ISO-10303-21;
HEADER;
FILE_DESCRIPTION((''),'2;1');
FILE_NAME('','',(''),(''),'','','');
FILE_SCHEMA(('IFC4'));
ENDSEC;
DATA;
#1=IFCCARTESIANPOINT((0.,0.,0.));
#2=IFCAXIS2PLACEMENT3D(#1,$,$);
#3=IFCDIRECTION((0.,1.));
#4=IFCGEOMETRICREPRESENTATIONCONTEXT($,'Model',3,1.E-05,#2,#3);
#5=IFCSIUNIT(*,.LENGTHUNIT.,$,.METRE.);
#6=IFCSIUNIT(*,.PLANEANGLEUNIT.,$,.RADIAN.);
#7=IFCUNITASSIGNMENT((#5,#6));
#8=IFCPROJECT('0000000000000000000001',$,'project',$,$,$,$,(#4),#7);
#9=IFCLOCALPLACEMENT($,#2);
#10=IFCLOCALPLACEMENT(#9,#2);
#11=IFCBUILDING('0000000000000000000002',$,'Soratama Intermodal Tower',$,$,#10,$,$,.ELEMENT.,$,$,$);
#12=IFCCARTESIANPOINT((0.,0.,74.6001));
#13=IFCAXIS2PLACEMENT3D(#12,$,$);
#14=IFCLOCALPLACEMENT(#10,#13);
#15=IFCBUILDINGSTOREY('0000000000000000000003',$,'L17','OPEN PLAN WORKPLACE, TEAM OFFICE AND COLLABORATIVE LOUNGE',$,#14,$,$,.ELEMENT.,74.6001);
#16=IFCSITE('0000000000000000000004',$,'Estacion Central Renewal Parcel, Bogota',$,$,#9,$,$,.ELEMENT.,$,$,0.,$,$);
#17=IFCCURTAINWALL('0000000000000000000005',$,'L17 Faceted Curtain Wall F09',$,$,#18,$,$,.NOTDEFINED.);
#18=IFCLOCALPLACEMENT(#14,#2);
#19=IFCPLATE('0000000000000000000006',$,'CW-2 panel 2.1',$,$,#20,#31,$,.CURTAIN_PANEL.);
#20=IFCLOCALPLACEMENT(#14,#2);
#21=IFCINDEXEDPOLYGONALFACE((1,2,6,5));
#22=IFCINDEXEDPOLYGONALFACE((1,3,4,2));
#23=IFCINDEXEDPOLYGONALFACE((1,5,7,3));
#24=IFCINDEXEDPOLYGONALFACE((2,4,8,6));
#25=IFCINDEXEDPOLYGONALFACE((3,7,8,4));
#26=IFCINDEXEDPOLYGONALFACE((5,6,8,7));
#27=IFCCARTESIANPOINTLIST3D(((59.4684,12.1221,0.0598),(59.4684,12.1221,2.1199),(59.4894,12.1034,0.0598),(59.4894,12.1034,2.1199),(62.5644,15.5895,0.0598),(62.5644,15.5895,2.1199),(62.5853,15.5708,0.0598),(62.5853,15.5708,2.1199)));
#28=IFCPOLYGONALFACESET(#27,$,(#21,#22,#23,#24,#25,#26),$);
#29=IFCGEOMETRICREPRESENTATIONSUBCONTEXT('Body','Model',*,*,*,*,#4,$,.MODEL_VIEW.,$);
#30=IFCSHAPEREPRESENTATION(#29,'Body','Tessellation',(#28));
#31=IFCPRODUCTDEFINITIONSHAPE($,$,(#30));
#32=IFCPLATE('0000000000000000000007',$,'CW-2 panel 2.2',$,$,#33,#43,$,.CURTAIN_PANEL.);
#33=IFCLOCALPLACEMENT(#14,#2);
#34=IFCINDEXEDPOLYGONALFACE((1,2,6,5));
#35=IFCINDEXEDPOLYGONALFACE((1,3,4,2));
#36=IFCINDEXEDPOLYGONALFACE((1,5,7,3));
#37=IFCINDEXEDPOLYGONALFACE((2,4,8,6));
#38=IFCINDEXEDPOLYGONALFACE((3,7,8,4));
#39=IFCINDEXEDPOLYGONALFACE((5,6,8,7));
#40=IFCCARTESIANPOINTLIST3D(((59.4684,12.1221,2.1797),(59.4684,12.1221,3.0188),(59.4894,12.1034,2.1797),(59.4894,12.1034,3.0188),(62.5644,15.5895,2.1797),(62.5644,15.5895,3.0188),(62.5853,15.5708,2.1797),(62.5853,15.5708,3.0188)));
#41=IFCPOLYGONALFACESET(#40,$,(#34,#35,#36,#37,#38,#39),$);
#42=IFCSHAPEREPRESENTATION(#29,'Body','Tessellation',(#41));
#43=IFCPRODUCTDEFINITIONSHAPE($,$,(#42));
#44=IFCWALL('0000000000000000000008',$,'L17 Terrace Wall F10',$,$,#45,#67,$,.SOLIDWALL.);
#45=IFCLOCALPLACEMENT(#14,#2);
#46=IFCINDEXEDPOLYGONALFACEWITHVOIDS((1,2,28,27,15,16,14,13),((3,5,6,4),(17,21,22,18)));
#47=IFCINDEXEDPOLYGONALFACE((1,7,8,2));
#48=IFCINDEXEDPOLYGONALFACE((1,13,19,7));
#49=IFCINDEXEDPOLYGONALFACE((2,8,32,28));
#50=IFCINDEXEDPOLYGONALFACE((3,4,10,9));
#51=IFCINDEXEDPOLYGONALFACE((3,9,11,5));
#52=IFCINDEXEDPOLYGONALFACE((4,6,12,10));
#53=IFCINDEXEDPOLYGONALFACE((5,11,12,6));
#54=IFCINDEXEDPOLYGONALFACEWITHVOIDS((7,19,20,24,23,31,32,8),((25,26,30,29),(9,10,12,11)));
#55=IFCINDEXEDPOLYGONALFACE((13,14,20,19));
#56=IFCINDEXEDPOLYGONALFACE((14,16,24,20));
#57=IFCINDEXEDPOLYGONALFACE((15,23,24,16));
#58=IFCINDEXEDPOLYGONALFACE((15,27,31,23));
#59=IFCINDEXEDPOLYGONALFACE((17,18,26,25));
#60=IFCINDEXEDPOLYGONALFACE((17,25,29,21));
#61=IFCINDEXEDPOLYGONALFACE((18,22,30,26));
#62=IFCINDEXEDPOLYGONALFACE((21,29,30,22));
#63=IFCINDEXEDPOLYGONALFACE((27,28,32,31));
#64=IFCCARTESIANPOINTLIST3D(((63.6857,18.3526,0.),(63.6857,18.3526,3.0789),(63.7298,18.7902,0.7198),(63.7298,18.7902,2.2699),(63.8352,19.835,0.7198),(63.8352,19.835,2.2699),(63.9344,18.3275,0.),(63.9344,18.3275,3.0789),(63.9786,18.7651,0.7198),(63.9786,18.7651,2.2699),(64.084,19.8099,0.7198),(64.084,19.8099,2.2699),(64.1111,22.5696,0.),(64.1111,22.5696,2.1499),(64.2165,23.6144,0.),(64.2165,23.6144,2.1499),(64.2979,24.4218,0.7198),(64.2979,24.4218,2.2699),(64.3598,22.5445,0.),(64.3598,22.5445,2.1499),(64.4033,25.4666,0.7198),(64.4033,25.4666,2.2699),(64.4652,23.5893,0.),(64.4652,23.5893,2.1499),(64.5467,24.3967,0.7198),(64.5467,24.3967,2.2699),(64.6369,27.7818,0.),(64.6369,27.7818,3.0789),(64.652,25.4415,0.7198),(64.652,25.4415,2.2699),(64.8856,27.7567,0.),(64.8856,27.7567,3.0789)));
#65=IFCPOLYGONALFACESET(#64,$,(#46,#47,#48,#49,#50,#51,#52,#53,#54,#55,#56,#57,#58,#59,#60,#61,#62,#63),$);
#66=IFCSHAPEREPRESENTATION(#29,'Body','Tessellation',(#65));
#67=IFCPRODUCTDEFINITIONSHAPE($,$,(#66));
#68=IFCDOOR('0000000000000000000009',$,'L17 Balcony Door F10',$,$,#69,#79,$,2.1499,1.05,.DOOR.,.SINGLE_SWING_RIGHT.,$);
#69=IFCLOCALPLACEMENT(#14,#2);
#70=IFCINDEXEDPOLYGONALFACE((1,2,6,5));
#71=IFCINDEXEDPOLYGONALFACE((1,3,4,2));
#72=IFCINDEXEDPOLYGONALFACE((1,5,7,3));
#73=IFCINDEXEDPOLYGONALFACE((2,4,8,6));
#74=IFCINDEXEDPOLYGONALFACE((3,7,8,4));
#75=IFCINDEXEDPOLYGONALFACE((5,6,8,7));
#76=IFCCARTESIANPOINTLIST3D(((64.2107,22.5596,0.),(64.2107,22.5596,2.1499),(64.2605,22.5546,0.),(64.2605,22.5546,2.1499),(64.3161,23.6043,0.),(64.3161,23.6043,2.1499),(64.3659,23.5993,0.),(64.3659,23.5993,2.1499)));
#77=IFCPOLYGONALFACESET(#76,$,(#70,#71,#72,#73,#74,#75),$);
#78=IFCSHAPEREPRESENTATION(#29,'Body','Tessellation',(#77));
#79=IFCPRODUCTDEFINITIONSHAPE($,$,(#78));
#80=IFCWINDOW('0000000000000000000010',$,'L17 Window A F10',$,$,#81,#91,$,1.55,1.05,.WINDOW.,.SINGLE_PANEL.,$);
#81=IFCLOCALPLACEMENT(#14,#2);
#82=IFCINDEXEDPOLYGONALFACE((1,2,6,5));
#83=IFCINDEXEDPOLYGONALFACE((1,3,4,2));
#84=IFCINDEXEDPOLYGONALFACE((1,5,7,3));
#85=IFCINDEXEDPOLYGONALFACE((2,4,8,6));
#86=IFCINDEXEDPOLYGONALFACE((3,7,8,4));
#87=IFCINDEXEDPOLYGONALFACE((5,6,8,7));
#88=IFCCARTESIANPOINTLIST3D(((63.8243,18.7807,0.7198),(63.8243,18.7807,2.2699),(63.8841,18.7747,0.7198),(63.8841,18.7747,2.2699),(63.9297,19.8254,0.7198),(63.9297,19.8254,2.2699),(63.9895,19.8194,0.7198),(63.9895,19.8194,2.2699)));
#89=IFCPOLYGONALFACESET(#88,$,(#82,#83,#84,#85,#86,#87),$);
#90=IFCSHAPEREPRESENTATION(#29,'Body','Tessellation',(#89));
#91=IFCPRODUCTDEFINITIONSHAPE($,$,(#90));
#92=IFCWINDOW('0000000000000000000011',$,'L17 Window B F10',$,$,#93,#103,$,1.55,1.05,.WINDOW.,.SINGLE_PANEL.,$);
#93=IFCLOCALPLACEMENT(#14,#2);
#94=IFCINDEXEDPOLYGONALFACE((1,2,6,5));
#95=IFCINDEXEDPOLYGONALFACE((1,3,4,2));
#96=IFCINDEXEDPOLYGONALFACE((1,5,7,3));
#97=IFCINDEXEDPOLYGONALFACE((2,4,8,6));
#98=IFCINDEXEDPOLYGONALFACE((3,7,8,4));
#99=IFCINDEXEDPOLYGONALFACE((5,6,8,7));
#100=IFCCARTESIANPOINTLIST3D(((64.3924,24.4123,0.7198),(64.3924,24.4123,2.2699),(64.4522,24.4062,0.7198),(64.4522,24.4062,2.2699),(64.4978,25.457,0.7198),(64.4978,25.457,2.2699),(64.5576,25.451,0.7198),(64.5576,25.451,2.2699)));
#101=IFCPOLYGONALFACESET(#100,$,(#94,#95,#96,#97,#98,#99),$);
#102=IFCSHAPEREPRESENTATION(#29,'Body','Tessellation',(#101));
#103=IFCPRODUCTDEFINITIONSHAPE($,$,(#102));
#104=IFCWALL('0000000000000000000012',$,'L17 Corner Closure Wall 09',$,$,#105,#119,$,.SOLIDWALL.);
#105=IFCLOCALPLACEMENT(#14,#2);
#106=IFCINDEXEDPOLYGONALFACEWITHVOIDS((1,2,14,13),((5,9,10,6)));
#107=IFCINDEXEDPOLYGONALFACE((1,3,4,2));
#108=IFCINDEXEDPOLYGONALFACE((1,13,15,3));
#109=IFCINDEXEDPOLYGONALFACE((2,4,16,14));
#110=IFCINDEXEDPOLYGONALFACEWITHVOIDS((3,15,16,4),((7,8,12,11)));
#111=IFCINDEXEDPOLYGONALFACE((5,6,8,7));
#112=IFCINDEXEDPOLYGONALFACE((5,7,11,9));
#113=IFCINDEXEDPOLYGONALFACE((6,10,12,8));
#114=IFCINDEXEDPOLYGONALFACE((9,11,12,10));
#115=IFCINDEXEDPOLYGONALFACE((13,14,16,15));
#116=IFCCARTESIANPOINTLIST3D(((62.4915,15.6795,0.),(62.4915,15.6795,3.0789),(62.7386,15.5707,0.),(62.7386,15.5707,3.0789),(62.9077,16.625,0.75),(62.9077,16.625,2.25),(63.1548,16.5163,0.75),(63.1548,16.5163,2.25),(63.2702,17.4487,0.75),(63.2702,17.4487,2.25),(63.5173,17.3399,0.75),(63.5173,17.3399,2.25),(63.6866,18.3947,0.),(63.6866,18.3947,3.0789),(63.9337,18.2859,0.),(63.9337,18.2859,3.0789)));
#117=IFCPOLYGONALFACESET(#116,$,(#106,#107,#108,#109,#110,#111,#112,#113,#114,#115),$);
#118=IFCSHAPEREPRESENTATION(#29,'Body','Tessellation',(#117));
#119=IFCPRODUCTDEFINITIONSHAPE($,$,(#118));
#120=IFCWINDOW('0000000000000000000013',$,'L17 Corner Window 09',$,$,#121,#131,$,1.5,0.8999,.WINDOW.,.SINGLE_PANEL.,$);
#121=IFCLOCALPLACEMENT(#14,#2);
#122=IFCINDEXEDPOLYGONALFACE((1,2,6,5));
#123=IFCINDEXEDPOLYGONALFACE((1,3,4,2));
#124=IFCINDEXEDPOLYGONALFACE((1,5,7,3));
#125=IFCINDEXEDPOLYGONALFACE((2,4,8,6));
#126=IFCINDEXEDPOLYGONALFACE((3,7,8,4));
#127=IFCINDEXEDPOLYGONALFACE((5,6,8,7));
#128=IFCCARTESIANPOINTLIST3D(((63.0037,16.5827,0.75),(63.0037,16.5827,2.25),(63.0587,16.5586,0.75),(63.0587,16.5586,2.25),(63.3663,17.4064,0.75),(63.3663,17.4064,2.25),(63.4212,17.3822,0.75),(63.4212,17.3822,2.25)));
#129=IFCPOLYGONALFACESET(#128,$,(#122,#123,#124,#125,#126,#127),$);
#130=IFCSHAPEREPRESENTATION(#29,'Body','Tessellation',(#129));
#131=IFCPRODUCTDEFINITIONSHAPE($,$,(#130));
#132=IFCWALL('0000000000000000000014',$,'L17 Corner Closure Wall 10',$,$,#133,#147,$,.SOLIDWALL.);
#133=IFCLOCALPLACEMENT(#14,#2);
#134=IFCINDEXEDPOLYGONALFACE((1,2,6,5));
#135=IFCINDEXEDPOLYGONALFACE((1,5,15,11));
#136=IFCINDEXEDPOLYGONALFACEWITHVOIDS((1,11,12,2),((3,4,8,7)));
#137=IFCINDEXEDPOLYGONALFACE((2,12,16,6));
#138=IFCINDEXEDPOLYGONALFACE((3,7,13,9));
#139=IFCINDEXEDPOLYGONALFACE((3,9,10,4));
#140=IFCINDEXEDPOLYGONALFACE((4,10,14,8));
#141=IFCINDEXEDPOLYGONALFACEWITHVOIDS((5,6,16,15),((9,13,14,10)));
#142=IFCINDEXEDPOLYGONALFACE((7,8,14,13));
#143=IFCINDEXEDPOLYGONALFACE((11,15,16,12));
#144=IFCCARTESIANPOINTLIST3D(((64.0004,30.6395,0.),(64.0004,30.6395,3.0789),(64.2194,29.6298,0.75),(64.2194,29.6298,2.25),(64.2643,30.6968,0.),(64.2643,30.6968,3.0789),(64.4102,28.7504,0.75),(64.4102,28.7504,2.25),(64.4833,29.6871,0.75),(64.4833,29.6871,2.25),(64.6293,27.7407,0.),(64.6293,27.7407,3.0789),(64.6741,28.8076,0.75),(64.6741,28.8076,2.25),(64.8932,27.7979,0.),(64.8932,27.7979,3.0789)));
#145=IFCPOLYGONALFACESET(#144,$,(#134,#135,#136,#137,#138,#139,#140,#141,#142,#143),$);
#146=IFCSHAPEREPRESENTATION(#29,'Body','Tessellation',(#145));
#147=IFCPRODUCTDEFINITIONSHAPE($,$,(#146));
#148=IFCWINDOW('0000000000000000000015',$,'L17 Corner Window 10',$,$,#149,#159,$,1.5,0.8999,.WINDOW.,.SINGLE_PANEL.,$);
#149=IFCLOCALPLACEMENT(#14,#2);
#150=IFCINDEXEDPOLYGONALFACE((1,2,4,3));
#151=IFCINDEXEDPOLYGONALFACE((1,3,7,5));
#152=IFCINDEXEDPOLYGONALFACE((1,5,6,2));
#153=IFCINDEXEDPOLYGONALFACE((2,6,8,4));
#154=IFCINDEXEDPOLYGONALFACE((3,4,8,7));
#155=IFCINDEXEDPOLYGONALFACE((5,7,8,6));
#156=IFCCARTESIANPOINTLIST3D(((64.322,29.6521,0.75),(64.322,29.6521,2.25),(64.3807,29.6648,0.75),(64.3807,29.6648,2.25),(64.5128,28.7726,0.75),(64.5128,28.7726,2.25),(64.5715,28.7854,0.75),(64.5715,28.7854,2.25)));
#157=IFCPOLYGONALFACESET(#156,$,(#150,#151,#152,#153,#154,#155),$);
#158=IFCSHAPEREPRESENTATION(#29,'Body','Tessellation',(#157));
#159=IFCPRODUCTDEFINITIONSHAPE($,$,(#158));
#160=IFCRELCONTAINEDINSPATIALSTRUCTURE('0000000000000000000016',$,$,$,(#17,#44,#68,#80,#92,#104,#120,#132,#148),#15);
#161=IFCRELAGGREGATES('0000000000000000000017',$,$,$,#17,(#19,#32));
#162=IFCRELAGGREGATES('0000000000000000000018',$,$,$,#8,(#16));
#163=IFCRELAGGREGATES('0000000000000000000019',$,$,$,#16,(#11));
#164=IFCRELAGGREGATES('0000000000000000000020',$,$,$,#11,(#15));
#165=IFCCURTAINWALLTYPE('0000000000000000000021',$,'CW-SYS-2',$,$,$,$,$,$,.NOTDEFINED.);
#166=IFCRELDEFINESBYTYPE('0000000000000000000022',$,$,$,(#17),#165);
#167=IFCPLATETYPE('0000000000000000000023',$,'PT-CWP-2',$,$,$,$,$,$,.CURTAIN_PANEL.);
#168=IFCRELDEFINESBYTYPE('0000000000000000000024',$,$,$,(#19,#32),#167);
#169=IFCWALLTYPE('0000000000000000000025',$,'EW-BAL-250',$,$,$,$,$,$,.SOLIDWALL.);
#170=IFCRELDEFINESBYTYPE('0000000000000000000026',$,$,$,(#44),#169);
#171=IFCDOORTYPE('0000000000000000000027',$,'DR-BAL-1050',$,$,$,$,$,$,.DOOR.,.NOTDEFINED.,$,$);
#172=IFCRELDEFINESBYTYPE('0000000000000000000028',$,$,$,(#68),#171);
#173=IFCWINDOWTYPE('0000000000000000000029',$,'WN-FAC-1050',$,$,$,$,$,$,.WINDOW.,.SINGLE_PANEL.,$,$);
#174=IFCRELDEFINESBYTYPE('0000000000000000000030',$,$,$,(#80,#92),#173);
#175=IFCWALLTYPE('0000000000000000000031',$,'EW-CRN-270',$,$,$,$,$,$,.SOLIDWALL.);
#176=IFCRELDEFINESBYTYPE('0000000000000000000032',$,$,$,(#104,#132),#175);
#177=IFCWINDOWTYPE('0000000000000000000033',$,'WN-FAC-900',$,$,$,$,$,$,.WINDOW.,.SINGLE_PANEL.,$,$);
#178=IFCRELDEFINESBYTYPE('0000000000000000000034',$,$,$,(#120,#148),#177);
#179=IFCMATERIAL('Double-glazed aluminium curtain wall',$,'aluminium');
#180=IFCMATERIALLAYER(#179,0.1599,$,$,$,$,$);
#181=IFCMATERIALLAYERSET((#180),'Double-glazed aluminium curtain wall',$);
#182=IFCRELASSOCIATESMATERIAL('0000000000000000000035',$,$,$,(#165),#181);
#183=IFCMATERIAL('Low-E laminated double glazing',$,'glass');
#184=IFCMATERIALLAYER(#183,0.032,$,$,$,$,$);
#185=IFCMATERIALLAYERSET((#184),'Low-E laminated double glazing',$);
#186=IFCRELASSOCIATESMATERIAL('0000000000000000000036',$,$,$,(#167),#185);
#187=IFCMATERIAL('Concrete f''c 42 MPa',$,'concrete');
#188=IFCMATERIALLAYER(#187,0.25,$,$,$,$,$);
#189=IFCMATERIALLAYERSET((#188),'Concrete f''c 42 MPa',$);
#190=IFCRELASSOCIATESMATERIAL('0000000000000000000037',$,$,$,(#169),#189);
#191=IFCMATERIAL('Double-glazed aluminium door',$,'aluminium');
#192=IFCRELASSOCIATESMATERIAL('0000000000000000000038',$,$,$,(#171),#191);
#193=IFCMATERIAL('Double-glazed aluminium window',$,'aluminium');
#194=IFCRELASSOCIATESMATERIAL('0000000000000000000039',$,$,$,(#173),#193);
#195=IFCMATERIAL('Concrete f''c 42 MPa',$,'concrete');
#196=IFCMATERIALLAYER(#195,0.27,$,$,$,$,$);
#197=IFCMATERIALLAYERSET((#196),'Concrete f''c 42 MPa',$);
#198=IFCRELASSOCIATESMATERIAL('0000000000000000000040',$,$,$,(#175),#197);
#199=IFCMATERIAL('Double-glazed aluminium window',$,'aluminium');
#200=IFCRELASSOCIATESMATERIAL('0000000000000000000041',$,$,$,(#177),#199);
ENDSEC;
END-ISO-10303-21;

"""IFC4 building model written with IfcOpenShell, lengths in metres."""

from ifc_helpers import new_model, si_unit, direction, frame, frame_2d, origin, origin_2d, place, context, subcontext, project, spatial, rectangle, extrude, material, layer, layer_set, type_object, element, fill, aggregate, save


model = new_model("IFC4")

# Units and contexts
model_context = context("Model", 3, precision=1e-05, world=origin(), true_north=direction((0.0, 1.0)))
body_context = subcontext(model_context, "Body", "Model", "MODEL_VIEW")
ifc_project = project(units=[si_unit("LENGTHUNIT", "METRE"), si_unit("PLANEANGLEUNIT", "RADIAN")], contexts=[model_context])

# Site, building, storey
site_placement = place(None, origin())
site = spatial("IfcSite", under=ifc_project, at=site_placement, Name="Estacion Central Renewal Parcel, Bogota", CompositionType="ELEMENT", RefElevation=0.0)
building_placement = place(site_placement, origin())
building = spatial("IfcBuilding", under=site, at=building_placement, Name="Soratama Intermodal Tower", CompositionType="ELEMENT")
storey_placement = place(building_placement, frame((0.0, 0.0, 74.6001)))
storey = spatial("IfcBuildingStorey", under=building, at=storey_placement, Name="L17", Description="OPEN PLAN WORKPLACE, TEAM OFFICE AND COLLABORATIVE LOUNGE", CompositionType="ELEMENT", Elevation=74.6001)

# Curtain wall, plates
ifc_material_1 = material(Name="Double-glazed aluminium curtain wall", Category="aluminium")
ifc_layer_1 = layer(ifc_material_1, 0.1599)
ifc_layer_set_1 = layer_set([ifc_layer_1], Name="Double-glazed aluminium curtain wall")
curtain_wall_type = type_object("IfcCurtainWallType", Name="CW-SYS-2", PredefinedType="NOTDEFINED", material=ifc_layer_set_1)
curtain_wall_placement = place(storey_placement, origin())
curtain_wall = element("IfcCurtainWall", 1, at=curtain_wall_placement, inside=storey, type_object=curtain_wall_type, Name="L17 Faceted Curtain Wall F09", PredefinedType="NOTDEFINED")
ifc_material_2 = material(Name="Low-E laminated double glazing", Category="glass")
ifc_layer_2 = layer(ifc_material_2, 0.032)
ifc_layer_set_2 = layer_set([ifc_layer_2], Name="Low-E laminated double glazing")
plate_type = type_object("IfcPlateType", Name="PT-CWP-2", PredefinedType="CURTAIN_PANEL", material=ifc_layer_set_2)
plate_1_placement = place(storey_placement, frame((61.0269, 13.8464, 0.0598), z_axis=(0.0, 0.0, 1.0), x_axis=(0.666017, 0.745937, 0.0)))
plate_1 = element("IfcPlate", 2, at=plate_1_placement, type_object=plate_type, Name="CW-2 panel 2.1", PredefinedType="CURTAIN_PANEL", context=body_context, shape_type="SweptSolid", body=[
    extrude(rectangle(XDim=4.6484, YDim=0.0281, at=origin_2d()), origin(), (0.0, 0.0, 1.0), 2.0601),
])
plate_2_placement = place(storey_placement, frame((61.0269, 13.8464, 2.1797), z_axis=(0.0, 0.0, 1.0), x_axis=(0.666017, 0.745937, 0.0)))
plate_2 = element("IfcPlate", 3, at=plate_2_placement, type_object=plate_type, Name="CW-2 panel 2.2", PredefinedType="CURTAIN_PANEL", context=body_context, shape_type="SweptSolid", body=[
    extrude(rectangle(XDim=4.6484, YDim=0.0281, at=origin_2d()), origin(), (0.0, 0.0, 1.0), 0.8391),
])
aggregate(curtain_wall, [plate_1, plate_2])

# Wall, openings, door, windows
ifc_material_3 = material(Name="Concrete f'c 42 MPa", Category="concrete")
ifc_layer_3 = layer(ifc_material_3, 0.25)
ifc_layer_set_3 = layer_set([ifc_layer_3], Name="Concrete f'c 42 MPa")
wall_type_1 = type_object("IfcWallType", Name="EW-BAL-250", PredefinedType="SOLIDWALL", material=ifc_layer_set_3)
wall_1_placement = place(storey_placement, frame((63.8101, 18.3401, 0.0), z_axis=(0.0, 0.0, 1.0), x_axis=(0.100366, 0.994951, 0.0)))
wall_1 = element("IfcWall", 4, at=wall_1_placement, inside=storey, type_object=wall_type_1, Name="L17 Terrace Wall F10", PredefinedType="SOLIDWALL", context=body_context, shape_type="SweptSolid", body=[
    extrude(rectangle(XDim=9.4771, YDim=0.25, at=frame_2d((4.7385, 0.0))), origin(), (0.0, 0.0, 1.0), 3.0789),
])
opening_1_placement = place(wall_1_placement, frame((4.2385, 0.0, 0.0)))
opening_1 = element("IfcOpeningElement", 5, at=opening_1_placement, cuts=wall_1, PredefinedType="OPENING", context=body_context, shape_type="SweptSolid", body=[
    extrude(rectangle(XDim=1.05, YDim=2.1499, at=frame_2d((0.5249, 1.075))), frame((0.0, 0.135, 0.0), z_axis=(0.0, -1.0, 0.0), x_axis=(1.0, 0.0, 0.0)), (0.0, 0.0, 1.0), 0.27),
])
opening_2_placement = place(wall_1_placement, frame((0.4399, 0.0, 0.72)))
opening_2 = element("IfcOpeningElement", 6, at=opening_2_placement, cuts=wall_1, PredefinedType="OPENING", context=body_context, shape_type="SweptSolid", body=[
    extrude(rectangle(XDim=1.05, YDim=1.55, at=frame_2d((0.5249, 0.7749))), frame((0.0, 0.135, 0.0), z_axis=(0.0, -1.0, 0.0), x_axis=(1.0, 0.0, 0.0)), (0.0, 0.0, 1.0), 0.27),
])
opening_3_placement = place(wall_1_placement, frame((6.1001, 0.0, 0.72)))
opening_3 = element("IfcOpeningElement", 7, at=opening_3_placement, cuts=wall_1, PredefinedType="OPENING", context=body_context, shape_type="SweptSolid", body=[
    extrude(rectangle(XDim=1.05, YDim=1.55, at=frame_2d((0.5249, 0.7749))), frame((0.0, 0.135, 0.0), z_axis=(0.0, -1.0, 0.0), x_axis=(1.0, 0.0, 0.0)), (0.0, 0.0, 1.0), 0.27),
])
ifc_material_4 = material(Name="Double-glazed aluminium door", Category="aluminium")
door_type_1 = type_object("IfcDoorType", Name="DR-BAL-1050", OperationType="NOTDEFINED", PredefinedType="DOOR", material=ifc_material_4)
door_1_placement = place(opening_1_placement, origin())
door_1 = element("IfcDoor", 8, at=door_1_placement, inside=storey, type_object=door_type_1, Name="L17 Balcony Door F10", OperationType="SINGLE_SWING_RIGHT", OverallHeight=2.1499, OverallWidth=1.05, PredefinedType="DOOR", context=body_context, shape_type="SweptSolid", body=[
    extrude(rectangle(XDim=1.05, YDim=2.1499, at=frame_2d((0.5249, 1.075))), frame((0.0, 0.0249, 0.0), z_axis=(0.0, -1.0, 0.0), x_axis=(1.0, 0.0, 0.0)), (0.0, 0.0, 1.0), 0.05),
])
fill(opening_1, door_1)
ifc_material_5 = material(Name="Double-glazed aluminium window", Category="aluminium")
window_type_1 = type_object("IfcWindowType", Name="WN-FAC-1050", PartitioningType="SINGLE_PANEL", PredefinedType="WINDOW", material=ifc_material_5)
window_1_placement = place(opening_2_placement, origin())
window_1 = element("IfcWindow", 9, at=window_1_placement, inside=storey, type_object=window_type_1, Name="L17 Window A F10", OverallHeight=1.55, OverallWidth=1.05, PartitioningType="SINGLE_PANEL", PredefinedType="WINDOW", context=body_context, shape_type="SweptSolid", body=[
    extrude(rectangle(XDim=1.05, YDim=1.55, at=frame_2d((0.5249, 0.7749))), frame((0.0, 0.03, 0.0), z_axis=(0.0, -1.0, 0.0), x_axis=(1.0, 0.0, 0.0)), (0.0, 0.0, 1.0), 0.0601),
])
fill(opening_2, window_1)
window_2_placement = place(opening_3_placement, origin())
window_2 = element("IfcWindow", 10, at=window_2_placement, inside=storey, type_object=window_type_1, Name="L17 Window B F10", OverallHeight=1.55, OverallWidth=1.05, PartitioningType="SINGLE_PANEL", PredefinedType="WINDOW", context=body_context, shape_type="SweptSolid", body=[
    extrude(rectangle(XDim=1.05, YDim=1.55, at=frame_2d((0.5249, 0.7749))), frame((0.0, 0.03, 0.0), z_axis=(0.0, -1.0, 0.0), x_axis=(1.0, 0.0, 0.0)), (0.0, 0.0, 1.0), 0.0601),
])
fill(opening_3, window_2)

# Walls, openings, windows
ifc_material_6 = material(Name="Concrete f'c 42 MPa", Category="concrete")
ifc_layer_4 = layer(ifc_material_6, 0.27)
ifc_layer_set_4 = layer_set([ifc_layer_4], Name="Concrete f'c 42 MPa")
wall_type_2 = type_object("IfcWallType", Name="EW-CRN-270", PredefinedType="SOLIDWALL", material=ifc_layer_set_4)
wall_2_placement = place(storey_placement, frame((62.615, 15.625, 0.0), z_axis=(0.0, 0.0, 1.0), x_axis=(0.40286, 0.915262, 0.0)))
wall_2 = element("IfcWall", 11, at=wall_2_placement, inside=storey, type_object=wall_type_2, Name="L17 Corner Closure Wall 09", PredefinedType="SOLIDWALL", context=body_context, shape_type="SweptSolid", body=[
    extrude(rectangle(XDim=2.9666, YDim=0.27, at=frame_2d((1.4834, 0.0))), origin(), (0.0, 0.0, 1.0), 3.0789),
])
opening_4_placement = place(wall_2_placement, frame((1.0332, 0.0, 0.75)))
opening_4 = element("IfcOpeningElement", 12, at=opening_4_placement, cuts=wall_2, PredefinedType="OPENING", context=body_context, shape_type="SweptSolid", body=[
    extrude(rectangle(XDim=0.8999, YDim=1.5, at=frame_2d((0.45, 0.75))), frame((0.0, 0.145, 0.0), z_axis=(0.0, -1.0, 0.0), x_axis=(1.0, 0.0, 0.0)), (0.0, 0.0, 1.0), 0.29),
])
ifc_material_7 = material(Name="Double-glazed aluminium window", Category="aluminium")
window_type_2 = type_object("IfcWindowType", Name="WN-FAC-900", PartitioningType="SINGLE_PANEL", PredefinedType="WINDOW", material=ifc_material_7)
window_3_placement = place(opening_4_placement, origin())
window_3 = element("IfcWindow", 13, at=window_3_placement, inside=storey, type_object=window_type_2, Name="L17 Corner Window 09", OverallHeight=1.5, OverallWidth=0.8999, PartitioningType="SINGLE_PANEL", PredefinedType="WINDOW", context=body_context, shape_type="SweptSolid", body=[
    extrude(rectangle(XDim=0.8999, YDim=1.5, at=frame_2d((0.45, 0.75))), frame((0.0, 0.03, 0.0), z_axis=(0.0, -1.0, 0.0), x_axis=(1.0, 0.0, 0.0)), (0.0, 0.0, 1.0), 0.0601),
])
fill(opening_4, window_3)
wall_3_placement = place(storey_placement, frame((64.7612, 27.7693, 0.0), z_axis=(0.0, 0.0, 1.0), x_axis=(-0.212013, 0.977267, 0.0)))
wall_3 = element("IfcWall", 14, at=wall_3_placement, inside=storey, type_object=wall_type_2, Name="L17 Corner Closure Wall 10", PredefinedType="SOLIDWALL", context=body_context, shape_type="SweptSolid", body=[
    extrude(rectangle(XDim=2.9663, YDim=0.27, at=frame_2d((1.4832, 0.0))), origin(), (0.0, 0.0, 1.0), 3.0789),
])
opening_5_placement = place(wall_3_placement, frame((1.0332, 0.0, 0.75)))
opening_5 = element("IfcOpeningElement", 15, at=opening_5_placement, cuts=wall_3, PredefinedType="OPENING", context=body_context, shape_type="SweptSolid", body=[
    extrude(rectangle(XDim=0.8999, YDim=1.5, at=frame_2d((0.45, 0.75))), frame((0.0, 0.145, 0.0), z_axis=(0.0, -1.0, 0.0), x_axis=(1.0, 0.0, 0.0)), (0.0, 0.0, 1.0), 0.29),
])
window_4_placement = place(opening_5_placement, origin())
window_4 = element("IfcWindow", 16, at=window_4_placement, inside=storey, type_object=window_type_2, Name="L17 Corner Window 10", OverallHeight=1.5, OverallWidth=0.8999, PartitioningType="SINGLE_PANEL", PredefinedType="WINDOW", context=body_context, shape_type="SweptSolid", body=[
    extrude(rectangle(XDim=0.8999, YDim=1.5, at=frame_2d((0.45, 0.75))), frame((0.0, 0.03, 0.0), z_axis=(0.0, -1.0, 0.0), x_axis=(1.0, 0.0, 0.0)), (0.0, 0.0, 1.0), 0.0601),
])
fill(opening_5, window_4)

save(model, "model.ifc")
